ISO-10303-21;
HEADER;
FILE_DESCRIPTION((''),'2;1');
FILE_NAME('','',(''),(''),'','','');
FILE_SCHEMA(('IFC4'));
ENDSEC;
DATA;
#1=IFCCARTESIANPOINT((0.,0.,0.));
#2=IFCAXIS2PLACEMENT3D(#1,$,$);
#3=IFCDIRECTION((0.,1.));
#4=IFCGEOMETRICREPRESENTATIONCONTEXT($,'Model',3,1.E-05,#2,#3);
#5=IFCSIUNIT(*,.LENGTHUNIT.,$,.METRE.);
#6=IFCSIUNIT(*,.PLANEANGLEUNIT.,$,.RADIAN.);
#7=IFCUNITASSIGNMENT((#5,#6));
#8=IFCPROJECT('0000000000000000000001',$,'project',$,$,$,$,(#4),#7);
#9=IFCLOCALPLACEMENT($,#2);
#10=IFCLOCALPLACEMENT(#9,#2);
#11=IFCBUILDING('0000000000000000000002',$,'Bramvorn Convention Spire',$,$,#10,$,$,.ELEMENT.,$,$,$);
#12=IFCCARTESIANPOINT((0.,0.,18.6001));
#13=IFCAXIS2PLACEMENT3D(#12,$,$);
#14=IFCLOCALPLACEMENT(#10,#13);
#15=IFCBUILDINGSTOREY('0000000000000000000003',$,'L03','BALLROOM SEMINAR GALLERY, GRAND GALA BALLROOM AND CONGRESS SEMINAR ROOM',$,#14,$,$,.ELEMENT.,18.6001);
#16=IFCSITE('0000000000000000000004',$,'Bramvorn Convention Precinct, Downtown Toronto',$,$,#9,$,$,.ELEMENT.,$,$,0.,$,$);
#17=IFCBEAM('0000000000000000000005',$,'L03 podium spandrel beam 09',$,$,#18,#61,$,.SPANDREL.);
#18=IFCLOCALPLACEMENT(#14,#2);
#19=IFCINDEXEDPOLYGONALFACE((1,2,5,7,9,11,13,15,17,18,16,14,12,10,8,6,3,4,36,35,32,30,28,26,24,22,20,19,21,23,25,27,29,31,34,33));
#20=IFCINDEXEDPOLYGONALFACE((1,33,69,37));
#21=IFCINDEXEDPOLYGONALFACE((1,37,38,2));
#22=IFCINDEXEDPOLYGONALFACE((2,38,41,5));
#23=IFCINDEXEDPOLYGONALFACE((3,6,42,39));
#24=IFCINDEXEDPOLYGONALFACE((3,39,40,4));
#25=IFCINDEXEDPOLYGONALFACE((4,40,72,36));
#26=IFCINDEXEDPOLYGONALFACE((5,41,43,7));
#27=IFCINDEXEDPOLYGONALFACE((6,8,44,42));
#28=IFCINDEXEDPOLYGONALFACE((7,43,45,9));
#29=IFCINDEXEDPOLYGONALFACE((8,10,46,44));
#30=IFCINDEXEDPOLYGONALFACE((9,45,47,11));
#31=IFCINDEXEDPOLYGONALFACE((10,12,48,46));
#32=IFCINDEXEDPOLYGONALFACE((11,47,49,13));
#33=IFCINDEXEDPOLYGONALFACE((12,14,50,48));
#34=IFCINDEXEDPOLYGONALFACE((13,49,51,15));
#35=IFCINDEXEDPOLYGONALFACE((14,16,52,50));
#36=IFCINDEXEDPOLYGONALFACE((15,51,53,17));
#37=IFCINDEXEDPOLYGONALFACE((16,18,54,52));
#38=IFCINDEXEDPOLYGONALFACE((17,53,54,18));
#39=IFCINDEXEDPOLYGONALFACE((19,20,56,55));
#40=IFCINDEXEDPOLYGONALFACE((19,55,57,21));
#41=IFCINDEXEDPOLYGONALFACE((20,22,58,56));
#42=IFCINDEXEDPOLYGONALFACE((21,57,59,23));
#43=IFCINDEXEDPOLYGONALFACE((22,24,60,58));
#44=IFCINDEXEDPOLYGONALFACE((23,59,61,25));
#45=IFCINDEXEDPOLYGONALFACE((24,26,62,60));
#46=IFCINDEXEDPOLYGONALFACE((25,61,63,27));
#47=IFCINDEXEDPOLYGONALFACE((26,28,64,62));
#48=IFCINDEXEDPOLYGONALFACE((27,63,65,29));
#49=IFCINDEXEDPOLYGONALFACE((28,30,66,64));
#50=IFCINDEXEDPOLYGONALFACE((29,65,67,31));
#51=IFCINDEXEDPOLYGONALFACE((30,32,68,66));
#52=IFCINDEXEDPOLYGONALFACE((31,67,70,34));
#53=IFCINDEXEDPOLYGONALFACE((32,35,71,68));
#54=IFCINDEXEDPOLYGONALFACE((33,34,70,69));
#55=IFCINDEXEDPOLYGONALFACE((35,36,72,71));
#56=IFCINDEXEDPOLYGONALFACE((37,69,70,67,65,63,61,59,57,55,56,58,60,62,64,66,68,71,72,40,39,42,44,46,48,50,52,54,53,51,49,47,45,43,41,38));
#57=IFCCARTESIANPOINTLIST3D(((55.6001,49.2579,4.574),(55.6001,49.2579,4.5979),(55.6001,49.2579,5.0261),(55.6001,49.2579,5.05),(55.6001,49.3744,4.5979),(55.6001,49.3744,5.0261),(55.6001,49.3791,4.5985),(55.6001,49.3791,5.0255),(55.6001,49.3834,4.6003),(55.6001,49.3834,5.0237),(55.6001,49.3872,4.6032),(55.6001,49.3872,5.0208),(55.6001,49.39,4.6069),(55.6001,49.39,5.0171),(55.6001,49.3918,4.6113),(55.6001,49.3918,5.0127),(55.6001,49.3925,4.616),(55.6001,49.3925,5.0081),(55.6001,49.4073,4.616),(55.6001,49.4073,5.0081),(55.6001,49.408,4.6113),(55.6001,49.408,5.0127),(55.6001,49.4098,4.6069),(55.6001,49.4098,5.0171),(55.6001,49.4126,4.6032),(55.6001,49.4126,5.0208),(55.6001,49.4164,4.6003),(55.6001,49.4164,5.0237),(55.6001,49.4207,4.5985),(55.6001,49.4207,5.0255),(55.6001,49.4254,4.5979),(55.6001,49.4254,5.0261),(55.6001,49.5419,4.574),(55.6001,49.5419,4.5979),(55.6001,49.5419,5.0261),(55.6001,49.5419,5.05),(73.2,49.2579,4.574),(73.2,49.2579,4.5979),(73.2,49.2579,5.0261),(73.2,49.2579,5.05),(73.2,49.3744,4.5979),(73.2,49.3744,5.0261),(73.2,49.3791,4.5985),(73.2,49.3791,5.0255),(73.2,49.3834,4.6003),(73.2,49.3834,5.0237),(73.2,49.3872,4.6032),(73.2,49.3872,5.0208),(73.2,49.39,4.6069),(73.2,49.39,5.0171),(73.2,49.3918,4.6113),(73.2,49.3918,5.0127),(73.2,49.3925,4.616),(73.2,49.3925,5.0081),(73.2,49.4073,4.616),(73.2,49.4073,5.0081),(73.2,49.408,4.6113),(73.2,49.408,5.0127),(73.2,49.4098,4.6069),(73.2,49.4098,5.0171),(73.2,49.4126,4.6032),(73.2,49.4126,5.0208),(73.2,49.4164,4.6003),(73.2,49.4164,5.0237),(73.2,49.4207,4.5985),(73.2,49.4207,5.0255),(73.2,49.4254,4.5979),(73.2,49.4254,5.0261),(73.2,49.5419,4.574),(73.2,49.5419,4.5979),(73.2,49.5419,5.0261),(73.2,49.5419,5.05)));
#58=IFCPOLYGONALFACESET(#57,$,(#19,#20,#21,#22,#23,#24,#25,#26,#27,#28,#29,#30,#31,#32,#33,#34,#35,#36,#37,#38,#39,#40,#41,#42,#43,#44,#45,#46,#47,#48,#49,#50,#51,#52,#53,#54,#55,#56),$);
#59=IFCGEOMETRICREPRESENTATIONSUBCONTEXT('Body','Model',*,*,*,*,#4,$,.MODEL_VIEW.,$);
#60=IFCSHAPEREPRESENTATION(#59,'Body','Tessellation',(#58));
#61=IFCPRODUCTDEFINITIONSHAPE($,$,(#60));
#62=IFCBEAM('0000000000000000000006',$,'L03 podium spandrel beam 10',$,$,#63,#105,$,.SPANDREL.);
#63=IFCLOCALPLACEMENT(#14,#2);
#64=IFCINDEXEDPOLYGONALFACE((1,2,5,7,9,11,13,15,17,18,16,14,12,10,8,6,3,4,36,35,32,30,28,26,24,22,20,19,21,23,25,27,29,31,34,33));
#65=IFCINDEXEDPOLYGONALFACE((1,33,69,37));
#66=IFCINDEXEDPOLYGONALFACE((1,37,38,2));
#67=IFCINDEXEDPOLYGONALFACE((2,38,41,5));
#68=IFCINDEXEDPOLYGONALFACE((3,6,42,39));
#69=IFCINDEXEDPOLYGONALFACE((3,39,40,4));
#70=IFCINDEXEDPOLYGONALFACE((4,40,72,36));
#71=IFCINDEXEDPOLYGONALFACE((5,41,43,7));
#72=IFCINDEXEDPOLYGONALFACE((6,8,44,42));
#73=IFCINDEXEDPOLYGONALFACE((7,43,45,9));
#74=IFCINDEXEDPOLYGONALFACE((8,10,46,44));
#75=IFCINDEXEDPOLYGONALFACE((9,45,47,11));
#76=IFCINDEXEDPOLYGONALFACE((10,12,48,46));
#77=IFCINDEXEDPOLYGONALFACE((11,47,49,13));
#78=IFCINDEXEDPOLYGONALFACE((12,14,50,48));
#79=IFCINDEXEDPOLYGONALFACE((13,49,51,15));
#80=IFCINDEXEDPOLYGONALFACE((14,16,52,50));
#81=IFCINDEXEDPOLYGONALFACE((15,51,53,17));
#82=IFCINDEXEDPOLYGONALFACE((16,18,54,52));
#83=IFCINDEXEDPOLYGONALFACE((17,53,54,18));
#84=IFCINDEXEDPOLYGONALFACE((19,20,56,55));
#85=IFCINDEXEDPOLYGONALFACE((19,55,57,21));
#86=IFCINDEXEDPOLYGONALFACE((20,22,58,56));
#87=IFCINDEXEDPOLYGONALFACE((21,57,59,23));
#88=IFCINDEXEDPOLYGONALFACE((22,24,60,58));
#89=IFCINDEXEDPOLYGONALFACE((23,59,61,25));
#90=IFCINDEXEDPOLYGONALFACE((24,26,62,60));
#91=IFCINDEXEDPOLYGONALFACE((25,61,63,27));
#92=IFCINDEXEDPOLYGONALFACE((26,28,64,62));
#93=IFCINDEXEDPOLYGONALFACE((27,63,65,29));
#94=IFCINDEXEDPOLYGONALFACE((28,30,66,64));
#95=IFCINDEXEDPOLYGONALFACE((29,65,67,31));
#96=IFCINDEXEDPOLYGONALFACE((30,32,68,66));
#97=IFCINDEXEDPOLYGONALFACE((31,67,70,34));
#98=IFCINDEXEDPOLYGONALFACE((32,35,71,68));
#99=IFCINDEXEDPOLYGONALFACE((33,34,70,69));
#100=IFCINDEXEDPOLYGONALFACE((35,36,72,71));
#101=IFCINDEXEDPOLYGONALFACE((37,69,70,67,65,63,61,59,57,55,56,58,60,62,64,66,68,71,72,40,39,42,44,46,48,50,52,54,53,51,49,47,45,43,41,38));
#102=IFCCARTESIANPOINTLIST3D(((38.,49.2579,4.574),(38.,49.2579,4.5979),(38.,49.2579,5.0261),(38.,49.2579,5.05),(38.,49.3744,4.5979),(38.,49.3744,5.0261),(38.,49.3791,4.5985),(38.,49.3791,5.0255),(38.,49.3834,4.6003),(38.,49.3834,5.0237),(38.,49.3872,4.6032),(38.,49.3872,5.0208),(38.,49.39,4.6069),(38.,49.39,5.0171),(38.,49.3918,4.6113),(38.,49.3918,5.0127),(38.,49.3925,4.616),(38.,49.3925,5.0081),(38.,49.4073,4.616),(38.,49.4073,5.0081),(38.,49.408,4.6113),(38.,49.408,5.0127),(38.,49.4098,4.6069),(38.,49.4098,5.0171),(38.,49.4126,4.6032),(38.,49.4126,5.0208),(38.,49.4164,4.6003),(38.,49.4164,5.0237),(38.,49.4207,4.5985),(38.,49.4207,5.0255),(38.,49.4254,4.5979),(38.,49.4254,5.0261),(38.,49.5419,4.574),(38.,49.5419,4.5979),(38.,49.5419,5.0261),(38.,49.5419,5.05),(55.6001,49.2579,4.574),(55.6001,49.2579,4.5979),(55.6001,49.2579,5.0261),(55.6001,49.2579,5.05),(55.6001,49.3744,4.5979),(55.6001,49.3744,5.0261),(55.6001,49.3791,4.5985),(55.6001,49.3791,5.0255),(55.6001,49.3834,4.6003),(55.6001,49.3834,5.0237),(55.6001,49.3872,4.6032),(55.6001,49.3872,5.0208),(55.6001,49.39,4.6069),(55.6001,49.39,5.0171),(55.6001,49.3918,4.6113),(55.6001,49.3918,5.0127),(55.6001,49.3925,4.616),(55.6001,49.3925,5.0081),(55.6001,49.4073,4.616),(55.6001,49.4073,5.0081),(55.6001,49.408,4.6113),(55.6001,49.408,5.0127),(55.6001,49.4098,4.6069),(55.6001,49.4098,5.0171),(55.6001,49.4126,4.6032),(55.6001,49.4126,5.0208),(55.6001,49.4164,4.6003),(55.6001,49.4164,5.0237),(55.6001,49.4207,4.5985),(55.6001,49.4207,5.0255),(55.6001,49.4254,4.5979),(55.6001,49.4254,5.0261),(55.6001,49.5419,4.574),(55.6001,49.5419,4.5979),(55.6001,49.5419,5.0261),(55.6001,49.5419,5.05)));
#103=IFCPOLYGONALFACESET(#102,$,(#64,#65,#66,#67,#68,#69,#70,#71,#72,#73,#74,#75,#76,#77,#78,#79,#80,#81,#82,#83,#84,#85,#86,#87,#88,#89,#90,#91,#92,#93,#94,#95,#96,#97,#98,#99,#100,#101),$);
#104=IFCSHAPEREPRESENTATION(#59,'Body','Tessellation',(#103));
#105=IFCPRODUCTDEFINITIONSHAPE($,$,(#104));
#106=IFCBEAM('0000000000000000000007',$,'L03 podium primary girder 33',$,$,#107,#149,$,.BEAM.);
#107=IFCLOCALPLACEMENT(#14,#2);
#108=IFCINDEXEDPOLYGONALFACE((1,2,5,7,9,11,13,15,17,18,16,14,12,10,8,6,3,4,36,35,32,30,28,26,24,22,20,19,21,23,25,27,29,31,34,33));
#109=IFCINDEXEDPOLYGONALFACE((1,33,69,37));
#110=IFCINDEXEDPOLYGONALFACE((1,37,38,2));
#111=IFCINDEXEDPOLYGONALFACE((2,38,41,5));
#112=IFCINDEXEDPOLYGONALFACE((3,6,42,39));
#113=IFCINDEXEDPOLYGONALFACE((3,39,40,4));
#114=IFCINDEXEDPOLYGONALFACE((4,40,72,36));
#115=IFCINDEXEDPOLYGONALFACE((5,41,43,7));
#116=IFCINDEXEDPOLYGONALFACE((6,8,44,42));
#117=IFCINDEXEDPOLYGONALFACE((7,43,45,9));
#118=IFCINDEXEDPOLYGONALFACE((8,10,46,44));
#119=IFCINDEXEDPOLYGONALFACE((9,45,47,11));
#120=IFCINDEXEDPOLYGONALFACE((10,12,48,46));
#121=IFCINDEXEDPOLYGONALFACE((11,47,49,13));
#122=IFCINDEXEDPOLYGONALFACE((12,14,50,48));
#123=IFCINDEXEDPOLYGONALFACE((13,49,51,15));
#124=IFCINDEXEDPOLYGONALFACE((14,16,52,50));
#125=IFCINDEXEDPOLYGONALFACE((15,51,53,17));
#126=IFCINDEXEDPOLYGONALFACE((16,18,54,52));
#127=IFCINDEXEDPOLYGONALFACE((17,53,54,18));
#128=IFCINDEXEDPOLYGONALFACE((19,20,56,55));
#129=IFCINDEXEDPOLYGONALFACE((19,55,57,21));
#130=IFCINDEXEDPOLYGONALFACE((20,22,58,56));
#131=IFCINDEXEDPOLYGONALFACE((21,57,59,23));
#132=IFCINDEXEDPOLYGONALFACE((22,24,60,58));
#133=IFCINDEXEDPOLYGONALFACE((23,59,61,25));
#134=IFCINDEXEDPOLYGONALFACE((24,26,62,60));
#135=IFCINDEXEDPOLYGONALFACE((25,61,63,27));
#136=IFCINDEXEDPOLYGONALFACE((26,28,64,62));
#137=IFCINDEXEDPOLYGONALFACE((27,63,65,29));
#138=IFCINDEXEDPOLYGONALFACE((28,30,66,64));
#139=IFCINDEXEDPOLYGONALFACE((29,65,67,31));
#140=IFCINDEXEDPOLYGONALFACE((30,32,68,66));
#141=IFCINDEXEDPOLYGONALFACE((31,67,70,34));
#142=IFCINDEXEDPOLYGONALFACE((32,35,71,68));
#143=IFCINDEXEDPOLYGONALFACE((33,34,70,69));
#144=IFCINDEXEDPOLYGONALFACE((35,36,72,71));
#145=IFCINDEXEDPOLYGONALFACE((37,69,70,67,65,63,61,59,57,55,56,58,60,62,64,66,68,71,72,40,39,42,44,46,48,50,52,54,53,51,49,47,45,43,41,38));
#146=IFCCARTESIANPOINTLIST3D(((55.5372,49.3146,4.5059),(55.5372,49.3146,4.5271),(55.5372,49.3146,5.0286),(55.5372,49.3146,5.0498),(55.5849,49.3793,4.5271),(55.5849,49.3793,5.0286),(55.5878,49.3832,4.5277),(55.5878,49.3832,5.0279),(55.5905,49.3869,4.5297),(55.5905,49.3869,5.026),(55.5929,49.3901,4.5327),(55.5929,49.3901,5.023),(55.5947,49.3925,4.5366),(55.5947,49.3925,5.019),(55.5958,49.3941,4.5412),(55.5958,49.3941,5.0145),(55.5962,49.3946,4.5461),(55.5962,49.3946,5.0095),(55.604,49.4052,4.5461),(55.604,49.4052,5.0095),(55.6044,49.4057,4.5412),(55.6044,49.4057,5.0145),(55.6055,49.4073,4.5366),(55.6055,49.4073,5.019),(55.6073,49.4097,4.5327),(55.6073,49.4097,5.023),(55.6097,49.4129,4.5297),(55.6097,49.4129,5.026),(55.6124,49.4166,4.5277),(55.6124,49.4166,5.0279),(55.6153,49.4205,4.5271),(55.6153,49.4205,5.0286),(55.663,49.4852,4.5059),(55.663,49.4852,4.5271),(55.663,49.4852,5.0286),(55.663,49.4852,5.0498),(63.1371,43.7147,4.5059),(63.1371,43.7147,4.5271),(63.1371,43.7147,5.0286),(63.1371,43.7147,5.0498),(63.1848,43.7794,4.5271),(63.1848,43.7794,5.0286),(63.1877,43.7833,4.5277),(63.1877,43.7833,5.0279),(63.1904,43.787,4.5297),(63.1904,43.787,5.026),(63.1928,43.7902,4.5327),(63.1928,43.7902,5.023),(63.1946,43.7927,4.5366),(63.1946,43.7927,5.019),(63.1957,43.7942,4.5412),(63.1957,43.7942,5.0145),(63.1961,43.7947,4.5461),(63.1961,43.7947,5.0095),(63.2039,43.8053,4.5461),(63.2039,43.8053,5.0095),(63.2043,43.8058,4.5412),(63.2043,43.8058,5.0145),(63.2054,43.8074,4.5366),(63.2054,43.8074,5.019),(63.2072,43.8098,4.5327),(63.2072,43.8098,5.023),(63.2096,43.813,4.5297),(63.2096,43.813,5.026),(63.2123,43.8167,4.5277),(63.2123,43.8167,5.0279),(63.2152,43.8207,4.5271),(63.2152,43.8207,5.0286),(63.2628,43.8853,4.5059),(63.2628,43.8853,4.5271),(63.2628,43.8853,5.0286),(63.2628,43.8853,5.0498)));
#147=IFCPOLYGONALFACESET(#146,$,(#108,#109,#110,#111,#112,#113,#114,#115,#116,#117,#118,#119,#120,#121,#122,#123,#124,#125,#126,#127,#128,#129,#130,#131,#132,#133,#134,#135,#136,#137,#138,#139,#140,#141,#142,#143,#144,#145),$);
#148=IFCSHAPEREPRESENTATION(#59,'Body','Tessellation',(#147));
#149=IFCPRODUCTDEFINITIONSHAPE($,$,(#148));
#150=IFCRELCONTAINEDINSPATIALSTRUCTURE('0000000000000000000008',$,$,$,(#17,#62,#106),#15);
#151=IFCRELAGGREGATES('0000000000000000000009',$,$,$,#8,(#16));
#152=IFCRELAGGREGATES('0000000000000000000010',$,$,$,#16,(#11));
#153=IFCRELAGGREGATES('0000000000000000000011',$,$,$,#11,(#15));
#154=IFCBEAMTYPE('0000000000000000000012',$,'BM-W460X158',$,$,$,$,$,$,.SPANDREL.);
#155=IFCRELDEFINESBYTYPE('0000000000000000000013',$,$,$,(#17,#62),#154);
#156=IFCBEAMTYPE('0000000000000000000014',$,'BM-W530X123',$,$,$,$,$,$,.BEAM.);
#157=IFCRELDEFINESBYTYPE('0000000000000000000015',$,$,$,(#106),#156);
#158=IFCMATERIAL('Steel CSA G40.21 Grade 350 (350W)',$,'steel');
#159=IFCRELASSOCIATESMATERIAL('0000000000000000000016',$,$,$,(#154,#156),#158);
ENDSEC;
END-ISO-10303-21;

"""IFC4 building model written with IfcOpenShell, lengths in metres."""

from ifc_helpers import new_model, si_unit, direction, frame, origin, origin_2d, place, context, subcontext, project, spatial, i_section, extrude, material, material_profile, profile_set, type_object, element, save


model = new_model("IFC4")

# Units and contexts
model_context = context("Model", 3, precision=1e-05, world=origin(), true_north=direction((0.0, 1.0)))
body_context = subcontext(model_context, "Body", "Model", "MODEL_VIEW")
ifc_project = project(units=[si_unit("LENGTHUNIT", "METRE"), si_unit("PLANEANGLEUNIT", "RADIAN")], contexts=[model_context])

# Site, building, storey
site_placement = place(None, origin())
site = spatial("IfcSite", under=ifc_project, at=site_placement, Name="Bramvorn Convention Precinct, Downtown Toronto", CompositionType="ELEMENT", RefElevation=0.0)
building_placement = place(site_placement, origin())
building = spatial("IfcBuilding", under=site, at=building_placement, Name="Bramvorn Convention Spire", CompositionType="ELEMENT")
storey_placement = place(building_placement, frame((0.0, 0.0, 18.6001)))
storey = spatial("IfcBuildingStorey", under=building, at=storey_placement, Name="L03", Description="BALLROOM SEMINAR GALLERY, GRAND GALA BALLROOM AND CONGRESS SEMINAR ROOM", CompositionType="ELEMENT", Elevation=18.6001)

# Shared definitions
ifc_material_1 = material(Name="Steel CSA G40.21 Grade 350 (350W)", Category="steel")

# Beams
ifc_material_profile_1 = material_profile(ifc_material_1, i_section(OverallWidth=0.2839, OverallDepth=0.4761, WebThickness=0.0149, FlangeThickness=0.0239, FilletRadius=0.0181, at=origin_2d()))
ifc_profile_set_1 = profile_set([ifc_material_profile_1], Name="Steel CSA G40.21 Grade 350 (350W) - W460X158")
beam_type_1 = type_object("IfcBeamType", Name="BM-W460X158", PredefinedType="SPANDREL", material=ifc_profile_set_1)
beam_1_placement = place(storey_placement, frame((73.2, 49.3999, 4.812), z_axis=(-1.0, 0.0, 0.0), x_axis=(0.0, -1.0, 0.0)))
element("IfcBeam", 1, at=beam_1_placement, inside=storey, type_object=beam_type_1, Name="L03 podium spandrel beam 09", PredefinedType="SPANDREL", context=body_context, shape_type="SweptSolid", body=[
    extrude(i_section(OverallWidth=0.2839, OverallDepth=0.4761, WebThickness=0.0149, FlangeThickness=0.0239, FilletRadius=0.0181, at=origin_2d()), origin(), (0.0, 0.0, 1.0), 17.5999),
])
beam_2_placement = place(storey_placement, frame((55.6001, 49.3999, 4.812), z_axis=(-1.0, 0.0, 0.0), x_axis=(0.0, -1.0, 0.0)))
element("IfcBeam", 2, at=beam_2_placement, inside=storey, type_object=beam_type_1, Name="L03 podium spandrel beam 10", PredefinedType="SPANDREL", context=body_context, shape_type="SweptSolid", body=[
    extrude(i_section(OverallWidth=0.2839, OverallDepth=0.4761, WebThickness=0.0149, FlangeThickness=0.0239, FilletRadius=0.0181, at=origin_2d()), origin(), (0.0, 0.0, 1.0), 17.6001),
])
ifc_material_profile_2 = material_profile(ifc_material_1, i_section(OverallWidth=0.2119, OverallDepth=0.5439, WebThickness=0.0132, FlangeThickness=0.0212, FilletRadius=0.019, at=origin_2d()))
ifc_profile_set_2 = profile_set([ifc_material_profile_2], Name="Steel CSA G40.21 Grade 350 (350W) - W530X123")
beam_type_2 = type_object("IfcBeamType", Name="BM-W530X123", PredefinedType="BEAM", material=ifc_profile_set_2)
beam_3_placement = place(storey_placement, frame((55.6001, 49.3999, 4.7778), z_axis=(0.805058, -0.593196, 0.0), x_axis=(0.593196, 0.805058, 0.0)))
element("IfcBeam", 3, at=beam_3_placement, inside=storey, type_object=beam_type_2, Name="L03 podium primary girder 33", PredefinedType="BEAM", context=body_context, shape_type="SweptSolid", body=[
    extrude(i_section(OverallWidth=0.2119, OverallDepth=0.5439, WebThickness=0.0132, FlangeThickness=0.0212, FilletRadius=0.019, at=origin_2d()), origin(), (0.0, 0.0, 1.0), 9.4402),
])

save(model, "model.ifc")
